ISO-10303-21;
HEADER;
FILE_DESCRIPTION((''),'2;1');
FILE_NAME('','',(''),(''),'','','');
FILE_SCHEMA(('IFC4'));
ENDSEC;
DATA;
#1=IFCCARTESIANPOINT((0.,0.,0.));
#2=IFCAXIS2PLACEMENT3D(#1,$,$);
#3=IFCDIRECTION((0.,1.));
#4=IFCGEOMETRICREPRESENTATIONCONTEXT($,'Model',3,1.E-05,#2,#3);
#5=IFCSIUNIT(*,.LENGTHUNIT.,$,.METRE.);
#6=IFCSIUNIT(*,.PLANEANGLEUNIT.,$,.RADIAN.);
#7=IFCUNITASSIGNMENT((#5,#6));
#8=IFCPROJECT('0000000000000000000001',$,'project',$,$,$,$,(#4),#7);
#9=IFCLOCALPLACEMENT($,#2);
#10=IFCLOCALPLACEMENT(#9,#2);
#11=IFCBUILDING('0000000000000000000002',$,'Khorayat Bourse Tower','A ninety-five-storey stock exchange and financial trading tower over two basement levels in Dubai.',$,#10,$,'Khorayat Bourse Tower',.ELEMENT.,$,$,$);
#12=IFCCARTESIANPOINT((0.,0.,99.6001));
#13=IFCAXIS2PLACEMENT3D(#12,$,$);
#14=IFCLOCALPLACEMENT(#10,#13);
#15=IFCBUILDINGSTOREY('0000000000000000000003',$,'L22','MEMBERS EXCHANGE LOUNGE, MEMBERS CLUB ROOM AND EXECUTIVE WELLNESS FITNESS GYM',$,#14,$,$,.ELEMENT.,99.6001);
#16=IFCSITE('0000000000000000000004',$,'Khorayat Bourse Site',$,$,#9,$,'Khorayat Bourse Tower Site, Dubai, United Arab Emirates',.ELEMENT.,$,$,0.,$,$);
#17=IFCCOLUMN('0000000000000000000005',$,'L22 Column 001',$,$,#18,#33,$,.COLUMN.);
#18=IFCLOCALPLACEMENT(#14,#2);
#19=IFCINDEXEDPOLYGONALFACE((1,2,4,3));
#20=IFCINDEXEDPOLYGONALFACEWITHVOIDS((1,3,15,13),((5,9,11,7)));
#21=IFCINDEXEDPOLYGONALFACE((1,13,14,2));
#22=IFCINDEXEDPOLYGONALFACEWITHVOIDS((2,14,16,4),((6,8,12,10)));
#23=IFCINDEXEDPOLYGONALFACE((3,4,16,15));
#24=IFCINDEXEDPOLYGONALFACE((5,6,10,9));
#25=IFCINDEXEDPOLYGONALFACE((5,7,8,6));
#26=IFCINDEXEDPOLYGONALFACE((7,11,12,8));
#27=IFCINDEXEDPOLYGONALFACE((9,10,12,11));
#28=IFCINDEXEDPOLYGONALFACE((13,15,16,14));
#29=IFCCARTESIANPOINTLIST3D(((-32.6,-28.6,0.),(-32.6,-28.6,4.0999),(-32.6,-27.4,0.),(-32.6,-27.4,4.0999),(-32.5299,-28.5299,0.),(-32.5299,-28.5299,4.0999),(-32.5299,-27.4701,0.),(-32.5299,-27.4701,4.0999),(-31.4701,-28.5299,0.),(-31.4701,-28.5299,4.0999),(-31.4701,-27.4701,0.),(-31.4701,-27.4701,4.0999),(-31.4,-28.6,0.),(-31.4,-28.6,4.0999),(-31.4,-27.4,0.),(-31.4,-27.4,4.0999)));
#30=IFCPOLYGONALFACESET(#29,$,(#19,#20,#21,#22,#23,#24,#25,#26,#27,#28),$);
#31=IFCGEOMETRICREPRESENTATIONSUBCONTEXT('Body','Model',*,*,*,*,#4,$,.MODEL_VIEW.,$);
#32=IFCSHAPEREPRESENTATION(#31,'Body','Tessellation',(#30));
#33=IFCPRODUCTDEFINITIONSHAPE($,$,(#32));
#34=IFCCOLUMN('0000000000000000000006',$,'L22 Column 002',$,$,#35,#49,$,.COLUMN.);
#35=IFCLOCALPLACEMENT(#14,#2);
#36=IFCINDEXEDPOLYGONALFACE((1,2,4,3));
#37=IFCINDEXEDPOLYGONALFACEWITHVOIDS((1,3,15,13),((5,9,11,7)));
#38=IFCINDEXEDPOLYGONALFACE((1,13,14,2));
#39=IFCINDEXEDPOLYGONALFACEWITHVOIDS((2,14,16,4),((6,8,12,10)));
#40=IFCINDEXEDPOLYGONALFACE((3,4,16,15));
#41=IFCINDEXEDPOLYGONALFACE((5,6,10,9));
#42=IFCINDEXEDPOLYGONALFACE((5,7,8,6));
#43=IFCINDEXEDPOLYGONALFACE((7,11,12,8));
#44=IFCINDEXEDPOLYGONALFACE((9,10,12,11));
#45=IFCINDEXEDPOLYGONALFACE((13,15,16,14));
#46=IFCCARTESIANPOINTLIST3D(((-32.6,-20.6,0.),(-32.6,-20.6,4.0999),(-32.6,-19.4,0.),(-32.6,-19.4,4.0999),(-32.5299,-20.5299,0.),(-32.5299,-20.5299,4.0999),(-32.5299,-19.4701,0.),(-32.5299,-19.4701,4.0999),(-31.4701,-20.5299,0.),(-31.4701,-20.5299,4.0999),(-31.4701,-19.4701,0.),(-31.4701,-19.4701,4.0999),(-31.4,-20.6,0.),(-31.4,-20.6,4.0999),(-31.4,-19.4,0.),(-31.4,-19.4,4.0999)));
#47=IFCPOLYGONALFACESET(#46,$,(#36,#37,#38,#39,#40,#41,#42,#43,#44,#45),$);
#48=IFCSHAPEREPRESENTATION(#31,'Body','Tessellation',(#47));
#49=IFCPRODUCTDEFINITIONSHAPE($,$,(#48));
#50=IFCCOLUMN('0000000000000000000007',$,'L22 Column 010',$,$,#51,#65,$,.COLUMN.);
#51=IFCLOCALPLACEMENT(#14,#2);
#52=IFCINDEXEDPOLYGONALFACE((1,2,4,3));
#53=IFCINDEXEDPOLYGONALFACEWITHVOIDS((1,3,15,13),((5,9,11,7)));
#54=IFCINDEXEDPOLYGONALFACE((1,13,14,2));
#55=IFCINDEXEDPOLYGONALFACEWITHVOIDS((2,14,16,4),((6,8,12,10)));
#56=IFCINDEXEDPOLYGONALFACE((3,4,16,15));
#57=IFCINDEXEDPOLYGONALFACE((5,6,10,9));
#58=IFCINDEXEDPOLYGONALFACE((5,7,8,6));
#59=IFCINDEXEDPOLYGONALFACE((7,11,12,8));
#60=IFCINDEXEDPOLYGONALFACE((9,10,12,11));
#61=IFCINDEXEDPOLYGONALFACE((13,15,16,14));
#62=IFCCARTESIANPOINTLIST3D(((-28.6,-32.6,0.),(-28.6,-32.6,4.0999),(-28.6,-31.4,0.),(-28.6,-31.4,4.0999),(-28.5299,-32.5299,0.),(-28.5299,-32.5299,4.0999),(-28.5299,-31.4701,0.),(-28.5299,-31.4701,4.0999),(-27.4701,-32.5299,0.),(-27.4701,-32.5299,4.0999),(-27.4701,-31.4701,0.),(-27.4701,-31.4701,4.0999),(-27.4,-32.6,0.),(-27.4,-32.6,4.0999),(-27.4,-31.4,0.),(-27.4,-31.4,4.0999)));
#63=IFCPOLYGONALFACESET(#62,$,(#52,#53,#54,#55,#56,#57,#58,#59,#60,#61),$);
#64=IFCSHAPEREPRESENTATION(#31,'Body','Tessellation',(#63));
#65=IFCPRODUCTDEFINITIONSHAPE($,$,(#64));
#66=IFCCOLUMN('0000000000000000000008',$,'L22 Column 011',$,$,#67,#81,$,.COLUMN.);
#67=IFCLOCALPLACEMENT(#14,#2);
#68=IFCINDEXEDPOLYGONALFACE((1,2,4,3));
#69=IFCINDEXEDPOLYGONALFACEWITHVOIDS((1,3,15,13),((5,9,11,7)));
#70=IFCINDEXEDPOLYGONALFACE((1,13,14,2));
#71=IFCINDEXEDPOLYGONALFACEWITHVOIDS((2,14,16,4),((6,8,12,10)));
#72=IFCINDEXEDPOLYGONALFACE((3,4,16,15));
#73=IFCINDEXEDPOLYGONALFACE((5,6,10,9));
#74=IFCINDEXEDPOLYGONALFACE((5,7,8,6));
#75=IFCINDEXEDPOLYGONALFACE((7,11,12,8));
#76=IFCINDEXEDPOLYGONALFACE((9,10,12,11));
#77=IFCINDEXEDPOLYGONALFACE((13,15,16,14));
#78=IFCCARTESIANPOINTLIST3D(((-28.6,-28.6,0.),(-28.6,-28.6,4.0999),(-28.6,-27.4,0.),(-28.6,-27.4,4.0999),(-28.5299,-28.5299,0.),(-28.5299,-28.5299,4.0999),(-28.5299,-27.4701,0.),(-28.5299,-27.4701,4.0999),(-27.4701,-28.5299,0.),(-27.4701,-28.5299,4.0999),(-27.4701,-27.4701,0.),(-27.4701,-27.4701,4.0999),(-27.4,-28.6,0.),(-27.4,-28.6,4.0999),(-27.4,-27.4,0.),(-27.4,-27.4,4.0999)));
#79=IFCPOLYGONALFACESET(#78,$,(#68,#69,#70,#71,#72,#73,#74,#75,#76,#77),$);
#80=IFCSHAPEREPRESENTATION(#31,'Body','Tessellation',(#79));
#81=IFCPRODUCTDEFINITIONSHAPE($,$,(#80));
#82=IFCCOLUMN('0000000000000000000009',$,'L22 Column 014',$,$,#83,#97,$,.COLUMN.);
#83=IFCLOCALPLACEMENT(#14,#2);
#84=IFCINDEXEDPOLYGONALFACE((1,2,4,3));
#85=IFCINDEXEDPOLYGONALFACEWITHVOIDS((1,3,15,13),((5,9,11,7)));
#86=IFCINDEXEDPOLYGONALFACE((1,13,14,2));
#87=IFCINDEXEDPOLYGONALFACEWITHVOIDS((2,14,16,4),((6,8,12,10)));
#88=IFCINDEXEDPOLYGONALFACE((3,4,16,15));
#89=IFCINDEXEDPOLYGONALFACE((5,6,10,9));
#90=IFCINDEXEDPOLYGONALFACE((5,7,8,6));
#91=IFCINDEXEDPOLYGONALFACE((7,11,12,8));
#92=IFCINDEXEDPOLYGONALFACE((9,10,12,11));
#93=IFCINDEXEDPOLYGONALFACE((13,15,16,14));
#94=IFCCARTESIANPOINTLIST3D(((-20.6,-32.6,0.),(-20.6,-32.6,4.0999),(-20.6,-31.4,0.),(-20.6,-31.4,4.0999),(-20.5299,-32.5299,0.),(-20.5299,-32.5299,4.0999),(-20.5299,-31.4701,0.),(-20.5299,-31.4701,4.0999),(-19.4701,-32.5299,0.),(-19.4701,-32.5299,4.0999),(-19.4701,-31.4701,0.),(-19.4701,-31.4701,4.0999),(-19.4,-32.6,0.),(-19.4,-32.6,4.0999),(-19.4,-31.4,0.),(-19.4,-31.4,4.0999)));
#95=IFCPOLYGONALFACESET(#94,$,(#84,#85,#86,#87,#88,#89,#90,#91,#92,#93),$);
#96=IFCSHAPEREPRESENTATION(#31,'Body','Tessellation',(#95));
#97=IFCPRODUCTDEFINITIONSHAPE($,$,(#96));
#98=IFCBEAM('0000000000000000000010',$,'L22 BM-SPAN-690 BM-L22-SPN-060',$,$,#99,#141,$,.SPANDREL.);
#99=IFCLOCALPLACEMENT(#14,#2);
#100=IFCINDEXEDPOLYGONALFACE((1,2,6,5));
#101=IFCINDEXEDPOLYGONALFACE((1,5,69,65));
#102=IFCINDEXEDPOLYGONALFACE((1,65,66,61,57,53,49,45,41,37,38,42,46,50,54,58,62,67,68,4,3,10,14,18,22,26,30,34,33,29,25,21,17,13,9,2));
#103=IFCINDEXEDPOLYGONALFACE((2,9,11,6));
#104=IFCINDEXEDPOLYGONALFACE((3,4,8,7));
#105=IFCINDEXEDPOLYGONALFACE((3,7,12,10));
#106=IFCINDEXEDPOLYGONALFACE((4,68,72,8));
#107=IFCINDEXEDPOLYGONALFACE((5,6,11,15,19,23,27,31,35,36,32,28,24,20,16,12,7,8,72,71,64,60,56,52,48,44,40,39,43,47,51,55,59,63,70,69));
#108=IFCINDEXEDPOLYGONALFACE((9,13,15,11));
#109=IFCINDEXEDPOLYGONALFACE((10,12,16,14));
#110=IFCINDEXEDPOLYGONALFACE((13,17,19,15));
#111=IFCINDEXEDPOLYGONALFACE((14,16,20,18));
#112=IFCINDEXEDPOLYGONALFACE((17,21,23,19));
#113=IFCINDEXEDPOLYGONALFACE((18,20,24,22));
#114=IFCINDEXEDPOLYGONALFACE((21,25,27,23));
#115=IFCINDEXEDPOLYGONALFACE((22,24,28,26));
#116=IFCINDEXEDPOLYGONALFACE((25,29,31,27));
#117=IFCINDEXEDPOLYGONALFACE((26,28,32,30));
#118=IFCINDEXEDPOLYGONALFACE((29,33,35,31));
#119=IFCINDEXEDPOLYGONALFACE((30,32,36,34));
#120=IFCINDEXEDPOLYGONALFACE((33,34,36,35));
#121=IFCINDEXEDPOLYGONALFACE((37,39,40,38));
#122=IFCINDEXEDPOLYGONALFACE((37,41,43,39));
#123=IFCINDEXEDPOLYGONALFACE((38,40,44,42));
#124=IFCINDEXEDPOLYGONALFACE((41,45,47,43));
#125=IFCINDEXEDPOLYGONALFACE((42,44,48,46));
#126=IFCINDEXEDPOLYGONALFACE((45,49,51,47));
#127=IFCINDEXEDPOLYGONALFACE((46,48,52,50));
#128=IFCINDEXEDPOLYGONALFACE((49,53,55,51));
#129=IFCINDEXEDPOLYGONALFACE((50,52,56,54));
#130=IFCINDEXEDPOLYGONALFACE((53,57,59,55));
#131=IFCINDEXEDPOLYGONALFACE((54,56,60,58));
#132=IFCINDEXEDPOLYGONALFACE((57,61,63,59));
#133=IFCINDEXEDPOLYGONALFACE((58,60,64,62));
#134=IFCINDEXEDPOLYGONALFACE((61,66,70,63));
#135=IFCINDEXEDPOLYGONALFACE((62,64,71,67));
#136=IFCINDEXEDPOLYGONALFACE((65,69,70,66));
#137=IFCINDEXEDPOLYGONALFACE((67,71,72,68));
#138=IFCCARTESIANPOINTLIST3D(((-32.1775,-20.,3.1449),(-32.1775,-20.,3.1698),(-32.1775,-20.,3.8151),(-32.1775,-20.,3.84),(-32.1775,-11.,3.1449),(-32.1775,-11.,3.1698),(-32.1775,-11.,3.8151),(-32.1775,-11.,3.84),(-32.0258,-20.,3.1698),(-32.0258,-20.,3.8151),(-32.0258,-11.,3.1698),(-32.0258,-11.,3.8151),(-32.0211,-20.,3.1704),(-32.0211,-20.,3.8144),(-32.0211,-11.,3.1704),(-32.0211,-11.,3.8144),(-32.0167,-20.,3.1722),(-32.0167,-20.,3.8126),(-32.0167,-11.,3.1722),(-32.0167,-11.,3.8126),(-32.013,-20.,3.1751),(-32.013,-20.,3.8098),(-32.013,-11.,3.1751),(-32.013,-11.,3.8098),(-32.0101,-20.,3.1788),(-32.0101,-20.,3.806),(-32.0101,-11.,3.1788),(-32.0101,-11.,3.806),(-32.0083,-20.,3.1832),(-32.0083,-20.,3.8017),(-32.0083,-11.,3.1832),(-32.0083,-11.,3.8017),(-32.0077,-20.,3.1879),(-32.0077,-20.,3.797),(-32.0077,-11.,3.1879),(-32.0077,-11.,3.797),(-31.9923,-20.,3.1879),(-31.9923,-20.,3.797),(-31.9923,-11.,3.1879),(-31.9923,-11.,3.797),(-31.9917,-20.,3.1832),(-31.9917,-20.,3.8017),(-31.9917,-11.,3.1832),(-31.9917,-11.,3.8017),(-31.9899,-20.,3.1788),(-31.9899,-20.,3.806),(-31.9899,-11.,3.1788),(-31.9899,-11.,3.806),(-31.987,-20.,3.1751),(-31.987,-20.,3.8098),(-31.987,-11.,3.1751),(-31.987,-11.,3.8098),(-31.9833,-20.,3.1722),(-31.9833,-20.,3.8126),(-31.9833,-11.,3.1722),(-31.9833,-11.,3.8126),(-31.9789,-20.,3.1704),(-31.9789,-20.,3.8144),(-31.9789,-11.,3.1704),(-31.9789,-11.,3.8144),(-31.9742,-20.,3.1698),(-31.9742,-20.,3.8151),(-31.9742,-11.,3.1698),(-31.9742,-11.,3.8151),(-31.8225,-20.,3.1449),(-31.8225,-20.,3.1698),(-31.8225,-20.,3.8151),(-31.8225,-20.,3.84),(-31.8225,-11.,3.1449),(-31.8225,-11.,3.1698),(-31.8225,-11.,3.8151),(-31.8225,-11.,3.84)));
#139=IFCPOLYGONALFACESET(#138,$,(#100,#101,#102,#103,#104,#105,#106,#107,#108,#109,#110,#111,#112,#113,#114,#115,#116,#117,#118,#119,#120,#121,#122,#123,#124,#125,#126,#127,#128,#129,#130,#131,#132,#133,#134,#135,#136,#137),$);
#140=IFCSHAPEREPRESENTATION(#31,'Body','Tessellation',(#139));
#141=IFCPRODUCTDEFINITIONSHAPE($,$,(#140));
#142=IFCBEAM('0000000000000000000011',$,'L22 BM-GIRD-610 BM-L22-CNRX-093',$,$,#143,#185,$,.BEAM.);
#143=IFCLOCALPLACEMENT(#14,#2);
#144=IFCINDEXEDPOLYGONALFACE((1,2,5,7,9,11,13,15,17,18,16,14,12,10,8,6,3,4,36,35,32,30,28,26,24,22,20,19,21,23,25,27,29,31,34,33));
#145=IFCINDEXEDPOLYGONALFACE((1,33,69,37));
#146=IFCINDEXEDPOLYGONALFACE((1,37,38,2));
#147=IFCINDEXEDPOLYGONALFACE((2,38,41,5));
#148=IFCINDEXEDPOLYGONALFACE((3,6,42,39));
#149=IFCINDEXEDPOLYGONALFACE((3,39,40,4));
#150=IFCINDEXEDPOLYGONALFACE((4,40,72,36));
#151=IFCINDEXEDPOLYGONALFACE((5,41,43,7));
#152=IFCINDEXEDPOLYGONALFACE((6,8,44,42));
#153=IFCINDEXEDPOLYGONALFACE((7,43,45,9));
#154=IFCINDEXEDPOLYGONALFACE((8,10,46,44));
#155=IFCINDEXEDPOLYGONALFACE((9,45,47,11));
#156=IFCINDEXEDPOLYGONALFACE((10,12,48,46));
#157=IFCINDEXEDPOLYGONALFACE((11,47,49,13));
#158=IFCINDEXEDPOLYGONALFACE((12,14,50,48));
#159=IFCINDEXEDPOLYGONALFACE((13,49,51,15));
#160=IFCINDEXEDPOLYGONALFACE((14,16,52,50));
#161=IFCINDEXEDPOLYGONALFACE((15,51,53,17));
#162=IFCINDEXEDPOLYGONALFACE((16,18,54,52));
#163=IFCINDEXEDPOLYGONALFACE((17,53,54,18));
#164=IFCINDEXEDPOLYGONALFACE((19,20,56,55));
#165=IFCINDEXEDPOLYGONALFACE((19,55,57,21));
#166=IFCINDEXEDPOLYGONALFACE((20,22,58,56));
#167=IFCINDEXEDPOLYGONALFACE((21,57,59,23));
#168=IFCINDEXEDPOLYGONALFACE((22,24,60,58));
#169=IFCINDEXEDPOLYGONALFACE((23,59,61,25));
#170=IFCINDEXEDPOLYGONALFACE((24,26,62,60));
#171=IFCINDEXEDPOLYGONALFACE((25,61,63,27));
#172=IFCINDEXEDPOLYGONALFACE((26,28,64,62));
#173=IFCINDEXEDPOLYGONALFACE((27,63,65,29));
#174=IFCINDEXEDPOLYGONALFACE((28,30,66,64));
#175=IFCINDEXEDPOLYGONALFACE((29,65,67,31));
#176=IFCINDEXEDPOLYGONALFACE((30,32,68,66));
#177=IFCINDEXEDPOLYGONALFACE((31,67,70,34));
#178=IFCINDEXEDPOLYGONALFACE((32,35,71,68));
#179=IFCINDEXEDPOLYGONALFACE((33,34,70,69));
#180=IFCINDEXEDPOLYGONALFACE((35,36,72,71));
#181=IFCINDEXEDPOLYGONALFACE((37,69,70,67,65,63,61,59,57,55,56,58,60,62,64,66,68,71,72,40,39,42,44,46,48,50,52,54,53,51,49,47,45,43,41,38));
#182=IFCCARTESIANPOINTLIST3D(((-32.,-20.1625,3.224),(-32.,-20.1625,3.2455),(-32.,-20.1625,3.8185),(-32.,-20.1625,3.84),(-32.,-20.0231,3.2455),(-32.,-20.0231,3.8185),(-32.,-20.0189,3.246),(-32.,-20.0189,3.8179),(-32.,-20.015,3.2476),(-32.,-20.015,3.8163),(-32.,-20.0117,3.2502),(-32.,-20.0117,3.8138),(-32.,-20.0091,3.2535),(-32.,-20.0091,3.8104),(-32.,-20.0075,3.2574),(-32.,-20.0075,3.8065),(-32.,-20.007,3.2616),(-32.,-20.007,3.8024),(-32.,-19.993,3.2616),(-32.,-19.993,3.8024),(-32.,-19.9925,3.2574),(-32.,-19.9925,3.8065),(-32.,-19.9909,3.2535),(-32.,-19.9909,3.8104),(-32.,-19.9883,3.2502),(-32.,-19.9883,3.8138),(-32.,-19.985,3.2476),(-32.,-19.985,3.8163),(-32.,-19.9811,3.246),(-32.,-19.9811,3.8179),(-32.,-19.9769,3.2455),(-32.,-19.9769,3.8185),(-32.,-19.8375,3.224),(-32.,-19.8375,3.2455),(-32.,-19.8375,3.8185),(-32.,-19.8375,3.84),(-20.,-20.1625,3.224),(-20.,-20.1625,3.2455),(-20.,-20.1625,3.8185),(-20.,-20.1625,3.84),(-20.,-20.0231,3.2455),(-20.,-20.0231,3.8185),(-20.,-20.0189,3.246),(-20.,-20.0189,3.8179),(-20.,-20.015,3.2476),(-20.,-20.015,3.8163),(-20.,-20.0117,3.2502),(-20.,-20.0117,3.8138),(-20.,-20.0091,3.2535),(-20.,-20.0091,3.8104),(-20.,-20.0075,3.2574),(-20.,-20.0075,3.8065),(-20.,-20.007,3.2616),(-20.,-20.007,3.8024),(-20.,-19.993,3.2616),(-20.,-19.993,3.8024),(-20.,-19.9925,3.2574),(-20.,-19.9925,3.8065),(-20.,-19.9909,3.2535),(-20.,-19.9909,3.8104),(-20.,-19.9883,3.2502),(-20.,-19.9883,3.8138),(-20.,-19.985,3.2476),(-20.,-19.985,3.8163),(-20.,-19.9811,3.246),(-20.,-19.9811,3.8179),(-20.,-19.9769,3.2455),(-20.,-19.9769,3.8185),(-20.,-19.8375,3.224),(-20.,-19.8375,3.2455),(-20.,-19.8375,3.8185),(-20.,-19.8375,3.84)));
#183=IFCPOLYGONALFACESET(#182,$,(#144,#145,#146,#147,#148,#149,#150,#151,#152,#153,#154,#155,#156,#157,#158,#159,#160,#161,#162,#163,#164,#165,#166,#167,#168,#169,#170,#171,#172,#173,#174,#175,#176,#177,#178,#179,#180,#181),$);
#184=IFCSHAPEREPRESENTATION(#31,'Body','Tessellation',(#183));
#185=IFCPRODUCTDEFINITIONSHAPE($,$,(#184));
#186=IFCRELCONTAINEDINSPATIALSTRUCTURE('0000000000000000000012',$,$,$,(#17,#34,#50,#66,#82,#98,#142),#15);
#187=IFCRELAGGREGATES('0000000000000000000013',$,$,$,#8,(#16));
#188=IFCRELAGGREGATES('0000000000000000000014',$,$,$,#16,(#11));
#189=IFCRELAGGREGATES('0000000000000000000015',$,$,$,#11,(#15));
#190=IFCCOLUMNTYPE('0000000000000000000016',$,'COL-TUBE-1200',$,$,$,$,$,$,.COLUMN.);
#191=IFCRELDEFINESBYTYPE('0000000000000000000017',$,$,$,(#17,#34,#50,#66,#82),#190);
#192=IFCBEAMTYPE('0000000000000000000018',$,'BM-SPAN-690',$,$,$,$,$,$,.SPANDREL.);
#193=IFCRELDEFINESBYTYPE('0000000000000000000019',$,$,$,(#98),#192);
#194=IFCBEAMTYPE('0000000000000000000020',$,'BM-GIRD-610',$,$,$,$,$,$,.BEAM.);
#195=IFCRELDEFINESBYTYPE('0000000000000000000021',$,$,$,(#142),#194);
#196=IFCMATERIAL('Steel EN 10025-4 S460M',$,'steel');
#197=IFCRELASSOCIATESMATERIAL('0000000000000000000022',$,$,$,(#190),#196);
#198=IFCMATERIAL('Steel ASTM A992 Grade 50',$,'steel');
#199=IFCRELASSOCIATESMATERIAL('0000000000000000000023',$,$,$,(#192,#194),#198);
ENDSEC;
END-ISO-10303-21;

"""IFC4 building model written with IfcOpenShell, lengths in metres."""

from ifc_helpers import new_model, si_unit, direction, frame, origin, origin_2d, place, context, subcontext, project, spatial, hollow_rectangle, i_section, extrude, source, transform, mapped, material, material_profile, profile_set, type_object, element, save


model = new_model("IFC4")

# Units and contexts
model_context = context("Model", 3, precision=1e-05, world=origin(), true_north=direction((0.0, 1.0)))
body_context = subcontext(model_context, "Body", "Model", "MODEL_VIEW")
ifc_project = project(units=[si_unit("LENGTHUNIT", "METRE"), si_unit("PLANEANGLEUNIT", "RADIAN")], contexts=[model_context])

# Site, building, storey
site_placement = place(None, origin())
site = spatial("IfcSite", under=ifc_project, at=site_placement, Name="Khorayat Bourse Site", LongName="Khorayat Bourse Tower Site, Dubai, United Arab Emirates", CompositionType="ELEMENT", RefElevation=0.0)
building_placement = place(site_placement, origin())
building = spatial("IfcBuilding", under=site, at=building_placement, Name="Khorayat Bourse Tower", Description="A ninety-five-storey stock exchange and financial trading tower over two basement levels in Dubai.", LongName="Khorayat Bourse Tower", CompositionType="ELEMENT")
storey_placement = place(building_placement, frame((0.0, 0.0, 99.6001)))
storey = spatial("IfcBuildingStorey", under=building, at=storey_placement, Name="L22", Description="MEMBERS EXCHANGE LOUNGE, MEMBERS CLUB ROOM AND EXECUTIVE WELLNESS FITNESS GYM", CompositionType="ELEMENT", Elevation=99.6001)

# Columns
ifc_material_1 = material(Name="Steel EN 10025-4 S460M", Category="steel")
ifc_material_profile_1 = material_profile(ifc_material_1, hollow_rectangle(XDim=1.2, YDim=1.2, WallThickness=0.0701, at=origin_2d()), Name="BOX 1200x1200x70")
ifc_profile_set_1 = profile_set([ifc_material_profile_1], Name="Steel EN 10025-4 S460M")
column_type = type_object("IfcColumnType", Name="COL-TUBE-1200", PredefinedType="COLUMN", material=ifc_profile_set_1)
shared_shape_1 = source(origin(), body_context, "Body", "SweptSolid", [
    extrude(hollow_rectangle(XDim=1.2, YDim=1.2, WallThickness=0.0701, at=origin_2d()), origin(), (0.0, 0.0, 1.0), 4.0999),
])
for number, where, z_axis, x_axis, name in (
    (1, (-32.0, -28.0, 0.0), (0.0, 0.0, 1.0), (1.0, 0.0, 0.0), "L22 Column 001"),
    (2, (-32.0, -20.0, 0.0), (0.0, 0.0, 1.0), (1.0, 0.0, 0.0), "L22 Column 002"),
    (3, (-28.0, -32.0, 0.0), (0.0, 0.0, 1.0), (1.0, 0.0, 0.0), "L22 Column 010"),
    (4, (-28.0, -28.0, 0.0), (0.0, 0.0, 1.0), (1.0, 0.0, 0.0), "L22 Column 011"),
    (5, (-20.0, -32.0, 0.0), (0.0, 0.0, 1.0), (1.0, 0.0, 0.0), "L22 Column 014"),
):
    element("IfcColumn", number, at=place(storey_placement, frame(where, z_axis=z_axis, x_axis=x_axis)), inside=storey, type_object=column_type, Name=name, PredefinedType="COLUMN", context=body_context, shape_type="MappedRepresentation", body=[
        mapped(shared_shape_1, transform((0.0, 0.0, 0.0), scale=1.0)),
    ])

# Beams
ifc_material_2 = material(Name="Steel ASTM A992 Grade 50", Category="steel")
ifc_material_profile_2 = material_profile(ifc_material_2, i_section(OverallWidth=0.355, OverallDepth=0.6951, WebThickness=0.0154, FlangeThickness=0.0249, FilletRadius=0.0181, at=origin_2d()), Name="W690X217")
ifc_profile_set_2 = profile_set([ifc_material_profile_2], Name="Steel ASTM A992 Grade 50")
beam_type_1 = type_object("IfcBeamType", Name="BM-SPAN-690", PredefinedType="SPANDREL", material=ifc_profile_set_2)
shared_shape_2 = source(origin(), body_context, "Body", "SweptSolid", [
    extrude(i_section(OverallWidth=0.355, OverallDepth=0.6951, WebThickness=0.0154, FlangeThickness=0.0249, FilletRadius=0.0181, at=origin_2d()), origin(), (0.0, 0.0, 1.0), 9.0),
])
beam_1_placement = place(storey_placement, frame((-32.0, -20.0, 3.4924), z_axis=(0.0, 1.0, 0.0), x_axis=(-1.0, 0.0, 0.0)))
element("IfcBeam", 6, at=beam_1_placement, inside=storey, type_object=beam_type_1, Name="L22 BM-SPAN-690 BM-L22-SPN-060", PredefinedType="SPANDREL", context=body_context, shape_type="MappedRepresentation", body=[
    mapped(shared_shape_2, transform((0.0, 0.0, 0.0), scale=1.0)),
])
ifc_material_profile_3 = material_profile(ifc_material_2, i_section(OverallWidth=0.325, OverallDepth=0.616, WebThickness=0.0139, FlangeThickness=0.0215, FilletRadius=0.0161, at=origin_2d()), Name="W610X174")
ifc_profile_set_3 = profile_set([ifc_material_profile_3], Name="Steel ASTM A992 Grade 50")
beam_type_2 = type_object("IfcBeamType", Name="BM-GIRD-610", PredefinedType="BEAM", material=ifc_profile_set_3)
shared_shape_3 = source(origin(), body_context, "Body", "SweptSolid", [
    extrude(i_section(OverallWidth=0.325, OverallDepth=0.616, WebThickness=0.0139, FlangeThickness=0.0215, FilletRadius=0.0161, at=origin_2d()), origin(), (0.0, 0.0, 1.0), 12.0),
])
beam_2_placement = place(storey_placement, frame((-32.0, -20.0, 3.532), z_axis=(1.0, 0.0, 0.0), x_axis=(0.0, 1.0, 0.0)))
element("IfcBeam", 7, at=beam_2_placement, inside=storey, type_object=beam_type_2, Name="L22 BM-GIRD-610 BM-L22-CNRX-093", PredefinedType="BEAM", context=body_context, shape_type="MappedRepresentation", body=[
    mapped(shared_shape_3, transform((0.0, 0.0, 0.0), scale=1.0)),
])

save(model, "model.ifc")
